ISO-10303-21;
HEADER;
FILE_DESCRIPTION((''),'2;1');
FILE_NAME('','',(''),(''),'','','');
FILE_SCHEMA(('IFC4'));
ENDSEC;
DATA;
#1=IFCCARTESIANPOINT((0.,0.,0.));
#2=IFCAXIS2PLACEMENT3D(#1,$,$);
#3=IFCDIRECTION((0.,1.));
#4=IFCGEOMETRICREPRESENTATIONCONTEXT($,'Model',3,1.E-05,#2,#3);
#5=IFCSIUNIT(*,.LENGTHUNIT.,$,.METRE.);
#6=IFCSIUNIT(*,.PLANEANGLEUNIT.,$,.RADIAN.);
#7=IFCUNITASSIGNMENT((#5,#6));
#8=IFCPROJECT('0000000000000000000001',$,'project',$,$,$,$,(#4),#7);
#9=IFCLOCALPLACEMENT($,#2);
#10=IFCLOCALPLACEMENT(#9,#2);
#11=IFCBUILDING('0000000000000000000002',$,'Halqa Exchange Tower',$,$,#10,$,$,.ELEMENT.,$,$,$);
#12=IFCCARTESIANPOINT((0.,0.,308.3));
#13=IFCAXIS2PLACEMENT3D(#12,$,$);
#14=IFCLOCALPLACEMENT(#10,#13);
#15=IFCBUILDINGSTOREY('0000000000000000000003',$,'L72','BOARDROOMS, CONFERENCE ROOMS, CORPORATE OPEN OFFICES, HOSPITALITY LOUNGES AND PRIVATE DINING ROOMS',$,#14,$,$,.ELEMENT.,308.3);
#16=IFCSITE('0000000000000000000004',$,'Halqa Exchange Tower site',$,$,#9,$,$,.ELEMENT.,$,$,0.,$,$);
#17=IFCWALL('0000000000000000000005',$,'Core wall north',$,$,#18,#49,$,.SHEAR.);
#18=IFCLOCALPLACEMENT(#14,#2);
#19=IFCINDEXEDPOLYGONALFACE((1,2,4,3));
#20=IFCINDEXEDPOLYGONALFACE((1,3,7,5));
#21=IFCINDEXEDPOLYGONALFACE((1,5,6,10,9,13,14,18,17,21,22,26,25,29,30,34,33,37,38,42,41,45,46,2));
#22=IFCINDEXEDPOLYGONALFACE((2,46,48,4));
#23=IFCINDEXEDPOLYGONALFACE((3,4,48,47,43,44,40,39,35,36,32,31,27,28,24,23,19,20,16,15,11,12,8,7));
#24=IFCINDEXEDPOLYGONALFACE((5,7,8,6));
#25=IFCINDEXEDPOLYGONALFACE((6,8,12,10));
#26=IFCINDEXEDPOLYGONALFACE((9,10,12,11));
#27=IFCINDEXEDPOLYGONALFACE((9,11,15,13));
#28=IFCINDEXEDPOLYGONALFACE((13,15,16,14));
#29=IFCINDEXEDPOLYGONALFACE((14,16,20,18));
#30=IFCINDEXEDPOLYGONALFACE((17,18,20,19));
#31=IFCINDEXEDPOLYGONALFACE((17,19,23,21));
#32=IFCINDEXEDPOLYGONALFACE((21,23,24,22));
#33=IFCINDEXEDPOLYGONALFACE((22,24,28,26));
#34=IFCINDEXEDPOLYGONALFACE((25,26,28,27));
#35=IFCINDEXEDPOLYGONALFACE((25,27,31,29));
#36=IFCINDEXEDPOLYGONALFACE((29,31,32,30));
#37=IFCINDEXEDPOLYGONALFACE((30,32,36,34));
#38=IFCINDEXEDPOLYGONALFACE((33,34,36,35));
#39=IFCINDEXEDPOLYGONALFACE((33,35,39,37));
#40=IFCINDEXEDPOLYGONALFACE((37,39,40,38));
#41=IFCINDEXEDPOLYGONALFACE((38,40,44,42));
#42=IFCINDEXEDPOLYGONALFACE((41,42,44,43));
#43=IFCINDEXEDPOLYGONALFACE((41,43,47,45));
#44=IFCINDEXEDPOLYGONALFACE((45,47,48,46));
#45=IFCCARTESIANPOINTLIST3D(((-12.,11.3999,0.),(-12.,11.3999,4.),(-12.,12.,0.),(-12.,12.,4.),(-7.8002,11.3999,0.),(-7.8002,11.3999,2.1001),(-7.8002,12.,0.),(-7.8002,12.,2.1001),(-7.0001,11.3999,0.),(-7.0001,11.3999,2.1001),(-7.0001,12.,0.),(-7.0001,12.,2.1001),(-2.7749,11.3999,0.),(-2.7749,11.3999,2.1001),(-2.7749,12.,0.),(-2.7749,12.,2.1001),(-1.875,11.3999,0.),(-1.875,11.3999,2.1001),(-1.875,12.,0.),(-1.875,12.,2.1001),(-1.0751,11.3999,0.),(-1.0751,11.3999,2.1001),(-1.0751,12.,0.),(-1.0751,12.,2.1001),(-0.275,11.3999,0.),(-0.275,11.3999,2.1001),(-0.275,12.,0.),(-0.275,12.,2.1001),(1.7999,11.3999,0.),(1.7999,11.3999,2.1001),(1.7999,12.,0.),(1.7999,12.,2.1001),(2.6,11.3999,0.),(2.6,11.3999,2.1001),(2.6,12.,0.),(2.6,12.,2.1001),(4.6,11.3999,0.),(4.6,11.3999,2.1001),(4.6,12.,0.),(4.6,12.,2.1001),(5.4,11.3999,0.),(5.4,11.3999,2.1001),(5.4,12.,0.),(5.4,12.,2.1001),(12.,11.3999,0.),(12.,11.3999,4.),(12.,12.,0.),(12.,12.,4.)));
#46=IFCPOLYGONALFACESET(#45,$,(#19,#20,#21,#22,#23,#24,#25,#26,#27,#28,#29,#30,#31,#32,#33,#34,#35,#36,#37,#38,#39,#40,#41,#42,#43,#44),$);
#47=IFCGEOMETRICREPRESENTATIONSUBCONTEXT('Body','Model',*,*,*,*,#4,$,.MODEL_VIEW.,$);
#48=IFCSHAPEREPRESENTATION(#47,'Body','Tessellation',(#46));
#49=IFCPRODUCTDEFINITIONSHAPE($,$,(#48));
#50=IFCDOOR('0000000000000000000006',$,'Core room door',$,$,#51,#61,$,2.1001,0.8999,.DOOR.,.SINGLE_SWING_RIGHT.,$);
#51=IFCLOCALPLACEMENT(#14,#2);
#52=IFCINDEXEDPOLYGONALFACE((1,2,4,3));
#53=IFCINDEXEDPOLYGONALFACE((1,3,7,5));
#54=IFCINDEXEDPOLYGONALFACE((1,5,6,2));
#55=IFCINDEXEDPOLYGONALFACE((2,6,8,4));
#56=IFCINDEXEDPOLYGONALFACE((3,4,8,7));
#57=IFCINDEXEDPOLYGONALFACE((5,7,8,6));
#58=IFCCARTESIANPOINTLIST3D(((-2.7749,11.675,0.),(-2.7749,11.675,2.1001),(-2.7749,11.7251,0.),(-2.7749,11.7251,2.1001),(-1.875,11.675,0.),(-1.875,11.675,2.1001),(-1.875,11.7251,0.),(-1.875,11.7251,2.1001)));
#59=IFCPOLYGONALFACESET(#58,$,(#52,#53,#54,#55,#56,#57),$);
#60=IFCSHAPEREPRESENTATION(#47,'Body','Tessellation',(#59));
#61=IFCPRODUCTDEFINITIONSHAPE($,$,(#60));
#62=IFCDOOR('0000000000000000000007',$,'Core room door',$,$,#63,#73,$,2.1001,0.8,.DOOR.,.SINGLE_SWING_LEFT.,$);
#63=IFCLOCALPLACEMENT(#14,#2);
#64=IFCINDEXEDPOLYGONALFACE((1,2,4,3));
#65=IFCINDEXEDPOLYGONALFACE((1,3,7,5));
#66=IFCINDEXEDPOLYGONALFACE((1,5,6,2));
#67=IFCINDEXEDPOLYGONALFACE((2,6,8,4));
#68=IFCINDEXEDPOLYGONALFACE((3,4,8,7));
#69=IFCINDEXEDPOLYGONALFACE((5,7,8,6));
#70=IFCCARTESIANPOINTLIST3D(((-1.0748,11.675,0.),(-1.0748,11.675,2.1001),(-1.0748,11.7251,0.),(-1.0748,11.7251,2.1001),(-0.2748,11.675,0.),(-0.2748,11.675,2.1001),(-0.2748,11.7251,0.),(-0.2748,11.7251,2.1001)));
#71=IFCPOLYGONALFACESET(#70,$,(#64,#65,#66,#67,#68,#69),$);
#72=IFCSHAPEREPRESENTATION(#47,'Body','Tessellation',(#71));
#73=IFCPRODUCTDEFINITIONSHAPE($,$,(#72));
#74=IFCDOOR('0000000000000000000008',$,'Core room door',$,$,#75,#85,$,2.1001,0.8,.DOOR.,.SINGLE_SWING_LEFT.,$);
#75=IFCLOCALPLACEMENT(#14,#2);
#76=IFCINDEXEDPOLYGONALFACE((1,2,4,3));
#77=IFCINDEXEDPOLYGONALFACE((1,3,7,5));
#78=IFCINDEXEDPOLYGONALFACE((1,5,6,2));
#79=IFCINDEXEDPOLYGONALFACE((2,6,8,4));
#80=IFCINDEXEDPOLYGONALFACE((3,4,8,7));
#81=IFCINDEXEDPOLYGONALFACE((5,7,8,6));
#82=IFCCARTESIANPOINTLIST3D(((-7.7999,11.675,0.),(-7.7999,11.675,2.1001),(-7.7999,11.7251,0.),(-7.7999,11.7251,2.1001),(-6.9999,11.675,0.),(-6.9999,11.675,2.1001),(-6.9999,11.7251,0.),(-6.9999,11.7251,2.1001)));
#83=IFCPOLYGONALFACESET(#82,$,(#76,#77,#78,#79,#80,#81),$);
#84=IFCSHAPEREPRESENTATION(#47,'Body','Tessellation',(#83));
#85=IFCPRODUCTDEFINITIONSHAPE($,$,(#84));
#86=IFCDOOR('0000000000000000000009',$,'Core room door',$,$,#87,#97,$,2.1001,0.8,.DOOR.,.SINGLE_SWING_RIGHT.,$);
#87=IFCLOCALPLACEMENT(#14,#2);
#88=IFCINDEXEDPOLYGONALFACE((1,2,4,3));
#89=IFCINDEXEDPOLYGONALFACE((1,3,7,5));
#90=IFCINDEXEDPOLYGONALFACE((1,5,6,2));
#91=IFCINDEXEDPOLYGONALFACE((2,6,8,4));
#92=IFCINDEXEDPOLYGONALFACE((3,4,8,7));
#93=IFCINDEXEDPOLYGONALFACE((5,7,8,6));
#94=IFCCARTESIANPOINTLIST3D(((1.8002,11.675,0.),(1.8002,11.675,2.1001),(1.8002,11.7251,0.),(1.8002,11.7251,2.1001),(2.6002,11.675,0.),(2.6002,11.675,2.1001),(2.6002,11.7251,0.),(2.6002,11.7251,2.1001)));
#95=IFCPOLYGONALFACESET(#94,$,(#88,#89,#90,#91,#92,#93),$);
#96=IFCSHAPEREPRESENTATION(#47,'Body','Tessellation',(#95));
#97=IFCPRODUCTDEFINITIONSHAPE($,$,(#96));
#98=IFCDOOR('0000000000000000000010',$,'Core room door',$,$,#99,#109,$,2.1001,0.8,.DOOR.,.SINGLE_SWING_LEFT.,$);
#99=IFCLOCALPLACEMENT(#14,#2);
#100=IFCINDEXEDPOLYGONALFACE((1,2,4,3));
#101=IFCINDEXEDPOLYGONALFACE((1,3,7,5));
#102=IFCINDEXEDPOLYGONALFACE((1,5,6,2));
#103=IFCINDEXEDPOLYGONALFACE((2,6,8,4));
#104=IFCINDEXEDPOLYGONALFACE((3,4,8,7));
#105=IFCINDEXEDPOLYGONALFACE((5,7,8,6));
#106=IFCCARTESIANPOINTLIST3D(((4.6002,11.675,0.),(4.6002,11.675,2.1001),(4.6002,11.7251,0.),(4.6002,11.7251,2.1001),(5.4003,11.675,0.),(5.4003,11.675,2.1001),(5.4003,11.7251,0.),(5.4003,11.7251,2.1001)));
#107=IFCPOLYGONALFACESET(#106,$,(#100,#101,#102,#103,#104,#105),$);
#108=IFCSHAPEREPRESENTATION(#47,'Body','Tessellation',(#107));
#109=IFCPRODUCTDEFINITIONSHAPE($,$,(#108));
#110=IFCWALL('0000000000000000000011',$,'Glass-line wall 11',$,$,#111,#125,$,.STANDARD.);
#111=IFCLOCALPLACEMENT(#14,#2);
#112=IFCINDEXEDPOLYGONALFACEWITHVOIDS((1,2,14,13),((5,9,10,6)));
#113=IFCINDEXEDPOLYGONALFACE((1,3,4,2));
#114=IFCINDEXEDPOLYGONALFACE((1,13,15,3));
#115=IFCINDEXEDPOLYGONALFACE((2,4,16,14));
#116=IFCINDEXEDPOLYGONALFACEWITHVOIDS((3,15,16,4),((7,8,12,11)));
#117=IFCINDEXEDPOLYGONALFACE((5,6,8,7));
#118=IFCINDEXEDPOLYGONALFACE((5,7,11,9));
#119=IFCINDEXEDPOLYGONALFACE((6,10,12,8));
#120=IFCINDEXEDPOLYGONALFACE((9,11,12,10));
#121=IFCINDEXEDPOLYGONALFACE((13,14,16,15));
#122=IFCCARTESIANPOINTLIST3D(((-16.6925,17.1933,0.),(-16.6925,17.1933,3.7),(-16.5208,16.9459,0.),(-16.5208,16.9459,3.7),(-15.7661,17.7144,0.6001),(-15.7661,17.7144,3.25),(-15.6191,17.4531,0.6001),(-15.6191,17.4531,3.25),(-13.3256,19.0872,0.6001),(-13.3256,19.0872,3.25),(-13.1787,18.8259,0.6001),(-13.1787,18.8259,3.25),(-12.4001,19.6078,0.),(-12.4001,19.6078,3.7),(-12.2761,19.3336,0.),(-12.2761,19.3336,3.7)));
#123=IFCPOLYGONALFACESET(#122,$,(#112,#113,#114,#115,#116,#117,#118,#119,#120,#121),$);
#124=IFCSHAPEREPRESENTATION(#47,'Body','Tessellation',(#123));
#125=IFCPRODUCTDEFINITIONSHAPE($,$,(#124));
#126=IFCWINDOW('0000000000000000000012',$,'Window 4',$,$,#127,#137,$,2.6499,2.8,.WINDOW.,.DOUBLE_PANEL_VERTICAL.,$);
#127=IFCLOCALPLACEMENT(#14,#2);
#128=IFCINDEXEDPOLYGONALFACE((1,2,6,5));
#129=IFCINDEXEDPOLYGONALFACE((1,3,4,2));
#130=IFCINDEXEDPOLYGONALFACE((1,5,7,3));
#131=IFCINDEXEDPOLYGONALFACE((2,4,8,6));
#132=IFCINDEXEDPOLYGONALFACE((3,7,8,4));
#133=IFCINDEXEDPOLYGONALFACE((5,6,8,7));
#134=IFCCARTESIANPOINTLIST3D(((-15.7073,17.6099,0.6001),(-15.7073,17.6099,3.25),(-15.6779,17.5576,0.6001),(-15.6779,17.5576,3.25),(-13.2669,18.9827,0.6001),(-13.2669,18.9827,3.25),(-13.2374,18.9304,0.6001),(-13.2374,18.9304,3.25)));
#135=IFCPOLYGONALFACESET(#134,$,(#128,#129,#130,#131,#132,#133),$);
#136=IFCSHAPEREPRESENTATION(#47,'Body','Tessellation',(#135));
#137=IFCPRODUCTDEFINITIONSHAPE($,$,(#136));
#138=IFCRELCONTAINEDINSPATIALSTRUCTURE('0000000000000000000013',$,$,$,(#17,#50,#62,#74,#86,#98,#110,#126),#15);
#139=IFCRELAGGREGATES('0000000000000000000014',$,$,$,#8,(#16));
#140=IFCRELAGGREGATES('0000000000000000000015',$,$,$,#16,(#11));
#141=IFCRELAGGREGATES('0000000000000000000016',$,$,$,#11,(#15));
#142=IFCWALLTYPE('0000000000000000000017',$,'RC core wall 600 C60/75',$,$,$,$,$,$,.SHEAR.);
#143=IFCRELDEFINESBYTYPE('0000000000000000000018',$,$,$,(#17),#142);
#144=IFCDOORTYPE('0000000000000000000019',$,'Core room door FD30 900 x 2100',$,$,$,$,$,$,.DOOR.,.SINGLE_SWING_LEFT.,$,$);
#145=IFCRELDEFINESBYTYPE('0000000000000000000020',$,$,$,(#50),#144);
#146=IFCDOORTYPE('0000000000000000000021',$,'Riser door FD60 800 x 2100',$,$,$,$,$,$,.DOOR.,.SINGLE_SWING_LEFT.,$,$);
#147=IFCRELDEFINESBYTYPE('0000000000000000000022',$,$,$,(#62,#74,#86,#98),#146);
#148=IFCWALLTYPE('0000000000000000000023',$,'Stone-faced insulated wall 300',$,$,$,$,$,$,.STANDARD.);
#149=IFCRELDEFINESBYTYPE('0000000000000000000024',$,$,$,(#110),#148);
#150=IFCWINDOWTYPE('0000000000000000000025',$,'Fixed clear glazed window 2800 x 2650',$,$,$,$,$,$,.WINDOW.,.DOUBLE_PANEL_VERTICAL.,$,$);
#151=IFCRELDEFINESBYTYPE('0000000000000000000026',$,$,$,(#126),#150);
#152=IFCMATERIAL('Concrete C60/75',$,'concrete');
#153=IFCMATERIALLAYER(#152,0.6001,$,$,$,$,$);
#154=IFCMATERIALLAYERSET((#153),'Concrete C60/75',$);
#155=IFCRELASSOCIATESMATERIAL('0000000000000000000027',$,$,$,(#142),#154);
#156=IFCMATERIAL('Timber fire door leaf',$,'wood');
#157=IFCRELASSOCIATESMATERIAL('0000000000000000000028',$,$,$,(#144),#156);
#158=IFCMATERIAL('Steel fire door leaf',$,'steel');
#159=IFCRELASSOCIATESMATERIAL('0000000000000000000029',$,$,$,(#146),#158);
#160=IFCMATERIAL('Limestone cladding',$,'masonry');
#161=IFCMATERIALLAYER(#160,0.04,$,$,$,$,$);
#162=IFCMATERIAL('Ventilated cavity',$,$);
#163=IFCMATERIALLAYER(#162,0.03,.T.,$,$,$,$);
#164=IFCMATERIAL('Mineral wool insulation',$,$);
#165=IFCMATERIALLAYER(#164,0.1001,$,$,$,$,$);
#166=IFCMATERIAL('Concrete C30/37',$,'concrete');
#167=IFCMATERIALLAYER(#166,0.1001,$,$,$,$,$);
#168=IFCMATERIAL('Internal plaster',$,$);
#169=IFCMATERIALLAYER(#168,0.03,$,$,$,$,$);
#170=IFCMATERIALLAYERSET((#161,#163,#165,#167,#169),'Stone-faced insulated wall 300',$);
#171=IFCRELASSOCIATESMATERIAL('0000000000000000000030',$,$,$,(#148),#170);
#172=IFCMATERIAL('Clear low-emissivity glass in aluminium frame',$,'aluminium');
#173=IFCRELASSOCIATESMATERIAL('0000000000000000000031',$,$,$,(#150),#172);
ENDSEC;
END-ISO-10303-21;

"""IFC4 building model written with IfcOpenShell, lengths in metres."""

from ifc_helpers import new_model, si_unit, direction, frame, frame_2d, origin, place, context, subcontext, project, spatial, polyline, rectangle, outline, extrude, material, layer, layer_set, type_object, element, fill, save


model = new_model("IFC4")

# Units and contexts
model_context = context("Model", 3, precision=1e-05, world=origin(), true_north=direction((0.0, 1.0)))
body_context = subcontext(model_context, "Body", "Model", "MODEL_VIEW")
ifc_project = project(units=[si_unit("LENGTHUNIT", "METRE"), si_unit("PLANEANGLEUNIT", "RADIAN")], contexts=[model_context])

# Site, building, storey
site_placement = place(None, origin())
site = spatial("IfcSite", under=ifc_project, at=site_placement, Name="Halqa Exchange Tower site", CompositionType="ELEMENT", RefElevation=0.0)
building_placement = place(site_placement, origin())
building = spatial("IfcBuilding", under=site, at=building_placement, Name="Halqa Exchange Tower", CompositionType="ELEMENT")
storey_placement = place(building_placement, frame((0.0, 0.0, 308.3)))
storey = spatial("IfcBuildingStorey", under=building, at=storey_placement, Name="L72", Description="BOARDROOMS, CONFERENCE ROOMS, CORPORATE OPEN OFFICES, HOSPITALITY LOUNGES AND PRIVATE DINING ROOMS", CompositionType="ELEMENT", Elevation=308.3)

# Shared definitions
ifc_material_1 = material(Name="Concrete C60/75", Category="concrete")

# Wall, openings, doors
ifc_material_2 = material(Name="Steel fire door leaf", Category="steel")
ifc_layer_1 = layer(ifc_material_1, 0.6001)
ifc_layer_set_1 = layer_set([ifc_layer_1], Name="Concrete C60/75")
wall_type_1 = type_object("IfcWallType", Name="RC core wall 600 C60/75", PredefinedType="SHEAR", material=ifc_layer_set_1)
wall_1_placement = place(storey_placement, frame((-12.0, 11.7, 0.0), z_axis=(0.0, 0.0, 1.0), x_axis=(1.0, 0.0, 0.0)))
wall_1 = element("IfcWall", 1, at=wall_1_placement, inside=storey, type_object=wall_type_1, Name="Core wall north", PredefinedType="SHEAR", context=body_context, shape_type="SweptSolid", body=[
    extrude(rectangle(XDim=24.0, YDim=0.6001, at=frame_2d((12.0, 0.0))), origin(), (0.0, 0.0, 1.0), 4.0),
])
opening_1_placement = place(wall_1_placement, frame((9.2251, 0.0, 0.0)))
opening_1 = element("IfcOpeningElement", 2, at=opening_1_placement, cuts=wall_1, PredefinedType="OPENING", context=body_context, shape_type="SweptSolid", body=[
    extrude(rectangle(XDim=0.8999, YDim=2.1001, at=frame_2d((0.45, 1.05))), frame((0.0, 0.312, 0.0), z_axis=(0.0, -1.0, 0.0), x_axis=(1.0, 0.0, 0.0)), (0.0, 0.0, 1.0), 0.624),
])
opening_2_placement = place(wall_1_placement, frame((10.925, 0.0, 0.0)))
opening_2 = element("IfcOpeningElement", 3, at=opening_2_placement, cuts=wall_1, PredefinedType="OPENING", context=body_context, shape_type="SweptSolid", body=[
    extrude(rectangle(XDim=0.8, YDim=2.1001, at=frame_2d((0.3999, 1.05))), frame((0.0, 0.312, 0.0), z_axis=(0.0, -1.0, 0.0), x_axis=(1.0, 0.0, 0.0)), (0.0, 0.0, 1.0), 0.624),
])
opening_3_placement = place(wall_1_placement, frame((4.2, 0.0, 0.0)))
opening_3 = element("IfcOpeningElement", 4, at=opening_3_placement, cuts=wall_1, PredefinedType="OPENING", context=body_context, shape_type="SweptSolid", body=[
    extrude(rectangle(XDim=0.8, YDim=2.1001, at=frame_2d((0.3999, 1.05))), frame((0.0, 0.312, 0.0), z_axis=(0.0, -1.0, 0.0), x_axis=(1.0, 0.0, 0.0)), (0.0, 0.0, 1.0), 0.624),
])
opening_4_placement = place(wall_1_placement, frame((13.8, 0.0, 0.0)))
opening_4 = element("IfcOpeningElement", 5, at=opening_4_placement, cuts=wall_1, PredefinedType="OPENING", context=body_context, shape_type="SweptSolid", body=[
    extrude(rectangle(XDim=0.8, YDim=2.1001, at=frame_2d((0.3999, 1.05))), frame((0.0, 0.312, 0.0), z_axis=(0.0, -1.0, 0.0), x_axis=(1.0, 0.0, 0.0)), (0.0, 0.0, 1.0), 0.624),
])
opening_5_placement = place(wall_1_placement, frame((16.6001, 0.0, 0.0)))
opening_5 = element("IfcOpeningElement", 6, at=opening_5_placement, cuts=wall_1, PredefinedType="OPENING", context=body_context, shape_type="SweptSolid", body=[
    extrude(rectangle(XDim=0.8, YDim=2.1001, at=frame_2d((0.3999, 1.05))), frame((0.0, 0.312, 0.0), z_axis=(0.0, -1.0, 0.0), x_axis=(1.0, 0.0, 0.0)), (0.0, 0.0, 1.0), 0.624),
])
ifc_material_3 = material(Name="Timber fire door leaf", Category="wood")
door_type_1 = type_object("IfcDoorType", Name="Core room door FD30 900 x 2100", OperationType="SINGLE_SWING_LEFT", PredefinedType="DOOR", material=ifc_material_3)
door_1_placement = place(opening_1_placement, frame((0.8999, 0.0, 0.0), z_axis=(0.0, 0.0, 1.0), x_axis=(-1.0, 0.0, 0.0)))
door_1 = element("IfcDoor", 7, at=door_1_placement, inside=storey, type_object=door_type_1, Name="Core room door", OperationType="SINGLE_SWING_RIGHT", OverallHeight=2.1001, OverallWidth=0.8999, PredefinedType="DOOR", context=body_context, shape_type="SweptSolid", body=[
    extrude(rectangle(XDim=0.8999, YDim=2.1001, at=frame_2d((0.45, 1.05))), frame((0.0, 0.0249, 0.0), z_axis=(0.0, -1.0, 0.0), x_axis=(1.0, 0.0, 0.0)), (0.0, 0.0, 1.0), 0.05),
])
fill(opening_1, door_1)
door_type_2 = type_object("IfcDoorType", Name="Riser door FD60 800 x 2100", OperationType="SINGLE_SWING_LEFT", PredefinedType="DOOR", material=ifc_material_2)
door_2_placement = place(opening_2_placement, frame((0.8, 0.0, 0.0), z_axis=(0.0, 0.0, 1.0), x_axis=(-1.0, 0.0, 0.0)))
door_2 = element("IfcDoor", 8, at=door_2_placement, inside=storey, type_object=door_type_2, Name="Core room door", OperationType="SINGLE_SWING_LEFT", OverallHeight=2.1001, OverallWidth=0.8, PredefinedType="DOOR", context=body_context, shape_type="SweptSolid", body=[
    extrude(rectangle(XDim=0.8, YDim=2.1001, at=frame_2d((0.3999, 1.05))), frame((0.0, 0.0249, 0.0), z_axis=(0.0, -1.0, 0.0), x_axis=(1.0, 0.0, 0.0)), (0.0, 0.0, 1.0), 0.05),
])
fill(opening_2, door_2)
door_3_placement = place(opening_3_placement, frame((0.8, 0.0, 0.0), z_axis=(0.0, 0.0, 1.0), x_axis=(-1.0, 0.0, 0.0)))
door_3 = element("IfcDoor", 9, at=door_3_placement, inside=storey, type_object=door_type_2, Name="Core room door", OperationType="SINGLE_SWING_LEFT", OverallHeight=2.1001, OverallWidth=0.8, PredefinedType="DOOR", context=body_context, shape_type="SweptSolid", body=[
    extrude(rectangle(XDim=0.8, YDim=2.1001, at=frame_2d((0.3999, 1.05))), frame((0.0, 0.0249, 0.0), z_axis=(0.0, -1.0, 0.0), x_axis=(1.0, 0.0, 0.0)), (0.0, 0.0, 1.0), 0.05),
])
fill(opening_3, door_3)
door_4_placement = place(opening_4_placement, frame((0.8, 0.0, 0.0), z_axis=(0.0, 0.0, 1.0), x_axis=(-1.0, 0.0, 0.0)))
door_4 = element("IfcDoor", 10, at=door_4_placement, inside=storey, type_object=door_type_2, Name="Core room door", OperationType="SINGLE_SWING_RIGHT", OverallHeight=2.1001, OverallWidth=0.8, PredefinedType="DOOR", context=body_context, shape_type="SweptSolid", body=[
    extrude(rectangle(XDim=0.8, YDim=2.1001, at=frame_2d((0.3999, 1.05))), frame((0.0, 0.0249, 0.0), z_axis=(0.0, -1.0, 0.0), x_axis=(1.0, 0.0, 0.0)), (0.0, 0.0, 1.0), 0.05),
])
fill(opening_4, door_4)
door_5_placement = place(opening_5_placement, frame((0.8, 0.0, 0.0), z_axis=(0.0, 0.0, 1.0), x_axis=(-1.0, 0.0, 0.0)))
door_5 = element("IfcDoor", 11, at=door_5_placement, inside=storey, type_object=door_type_2, Name="Core room door", OperationType="SINGLE_SWING_LEFT", OverallHeight=2.1001, OverallWidth=0.8, PredefinedType="DOOR", context=body_context, shape_type="SweptSolid", body=[
    extrude(rectangle(XDim=0.8, YDim=2.1001, at=frame_2d((0.3999, 1.05))), frame((0.0, 0.0249, 0.0), z_axis=(0.0, -1.0, 0.0), x_axis=(1.0, 0.0, 0.0)), (0.0, 0.0, 1.0), 0.05),
])
fill(opening_5, door_5)

# Wall, opening, window
ifc_material_4 = material(Name="Limestone cladding", Category="masonry")
ifc_layer_2 = layer(ifc_material_4, 0.04)
ifc_material_5 = material(Name="Ventilated cavity")
ifc_layer_3 = layer(ifc_material_5, 0.03, ventilated=True)
ifc_material_6 = material(Name="Mineral wool insulation")
ifc_layer_4 = layer(ifc_material_6, 0.1001)
ifc_material_7 = material(Name="Concrete C30/37", Category="concrete")
ifc_layer_5 = layer(ifc_material_7, 0.1001)
ifc_material_8 = material(Name="Internal plaster")
ifc_layer_6 = layer(ifc_material_8, 0.03)
ifc_layer_set_2 = layer_set([ifc_layer_2, ifc_layer_3, ifc_layer_4, ifc_layer_5, ifc_layer_6], Name="Stone-faced insulated wall 300")
wall_type_2 = type_object("IfcWallType", Name="Stone-faced insulated wall 300", PredefinedType="STANDARD", material=ifc_layer_set_2)
wall_2_placement = place(storey_placement, frame((-12.3381, 19.4707, 0.0), z_axis=(0.0, 0.0, 1.0), x_axis=(-0.87157, -0.490271, 0.0)))
wall_2 = element("IfcWall", 12, at=wall_2_placement, inside=storey, type_object=wall_type_2, Name="Glass-line wall 11", PredefinedType="STANDARD", context=body_context, shape_type="SweptSolid", body=[
    extrude(outline(polyline([(-0.0132, -0.1499), (4.9116, -0.1499), (4.8833, 0.1499), (0.0132, 0.1499), (-0.0132, -0.1499)])), origin(), (0.0, 0.0, 1.0), 3.7),
])
opening_6_placement = place(wall_2_placement, frame((1.0488, 0.0, 0.6001)))
opening_6 = element("IfcOpeningElement", 13, at=opening_6_placement, cuts=wall_2, PredefinedType="OPENING", context=body_context, shape_type="SweptSolid", body=[
    extrude(rectangle(XDim=2.8, YDim=2.6499, at=frame_2d((1.3999, 1.325))), frame((0.0, 0.1621, 0.0), z_axis=(0.0, -1.0, 0.0), x_axis=(1.0, 0.0, 0.0)), (0.0, 0.0, 1.0), 0.324),
])
ifc_material_9 = material(Name="Clear low-emissivity glass in aluminium frame", Category="aluminium")
window_type = type_object("IfcWindowType", Name="Fixed clear glazed window 2800 x 2650", PartitioningType="DOUBLE_PANEL_VERTICAL", PredefinedType="WINDOW", material=ifc_material_9)
window_1_placement = place(opening_6_placement, origin())
window_1 = element("IfcWindow", 14, at=window_1_placement, inside=storey, type_object=window_type, Name="Window 4", OverallHeight=2.6499, OverallWidth=2.8, PartitioningType="DOUBLE_PANEL_VERTICAL", PredefinedType="WINDOW", context=body_context, shape_type="SweptSolid", body=[
    extrude(rectangle(XDim=2.8, YDim=2.6499, at=frame_2d((1.3999, 1.325))), frame((0.0, 0.03, 0.0), z_axis=(0.0, -1.0, 0.0), x_axis=(1.0, 0.0, 0.0)), (0.0, 0.0, 1.0), 0.0601),
])
fill(opening_6, window_1)

save(model, "model.ifc")
